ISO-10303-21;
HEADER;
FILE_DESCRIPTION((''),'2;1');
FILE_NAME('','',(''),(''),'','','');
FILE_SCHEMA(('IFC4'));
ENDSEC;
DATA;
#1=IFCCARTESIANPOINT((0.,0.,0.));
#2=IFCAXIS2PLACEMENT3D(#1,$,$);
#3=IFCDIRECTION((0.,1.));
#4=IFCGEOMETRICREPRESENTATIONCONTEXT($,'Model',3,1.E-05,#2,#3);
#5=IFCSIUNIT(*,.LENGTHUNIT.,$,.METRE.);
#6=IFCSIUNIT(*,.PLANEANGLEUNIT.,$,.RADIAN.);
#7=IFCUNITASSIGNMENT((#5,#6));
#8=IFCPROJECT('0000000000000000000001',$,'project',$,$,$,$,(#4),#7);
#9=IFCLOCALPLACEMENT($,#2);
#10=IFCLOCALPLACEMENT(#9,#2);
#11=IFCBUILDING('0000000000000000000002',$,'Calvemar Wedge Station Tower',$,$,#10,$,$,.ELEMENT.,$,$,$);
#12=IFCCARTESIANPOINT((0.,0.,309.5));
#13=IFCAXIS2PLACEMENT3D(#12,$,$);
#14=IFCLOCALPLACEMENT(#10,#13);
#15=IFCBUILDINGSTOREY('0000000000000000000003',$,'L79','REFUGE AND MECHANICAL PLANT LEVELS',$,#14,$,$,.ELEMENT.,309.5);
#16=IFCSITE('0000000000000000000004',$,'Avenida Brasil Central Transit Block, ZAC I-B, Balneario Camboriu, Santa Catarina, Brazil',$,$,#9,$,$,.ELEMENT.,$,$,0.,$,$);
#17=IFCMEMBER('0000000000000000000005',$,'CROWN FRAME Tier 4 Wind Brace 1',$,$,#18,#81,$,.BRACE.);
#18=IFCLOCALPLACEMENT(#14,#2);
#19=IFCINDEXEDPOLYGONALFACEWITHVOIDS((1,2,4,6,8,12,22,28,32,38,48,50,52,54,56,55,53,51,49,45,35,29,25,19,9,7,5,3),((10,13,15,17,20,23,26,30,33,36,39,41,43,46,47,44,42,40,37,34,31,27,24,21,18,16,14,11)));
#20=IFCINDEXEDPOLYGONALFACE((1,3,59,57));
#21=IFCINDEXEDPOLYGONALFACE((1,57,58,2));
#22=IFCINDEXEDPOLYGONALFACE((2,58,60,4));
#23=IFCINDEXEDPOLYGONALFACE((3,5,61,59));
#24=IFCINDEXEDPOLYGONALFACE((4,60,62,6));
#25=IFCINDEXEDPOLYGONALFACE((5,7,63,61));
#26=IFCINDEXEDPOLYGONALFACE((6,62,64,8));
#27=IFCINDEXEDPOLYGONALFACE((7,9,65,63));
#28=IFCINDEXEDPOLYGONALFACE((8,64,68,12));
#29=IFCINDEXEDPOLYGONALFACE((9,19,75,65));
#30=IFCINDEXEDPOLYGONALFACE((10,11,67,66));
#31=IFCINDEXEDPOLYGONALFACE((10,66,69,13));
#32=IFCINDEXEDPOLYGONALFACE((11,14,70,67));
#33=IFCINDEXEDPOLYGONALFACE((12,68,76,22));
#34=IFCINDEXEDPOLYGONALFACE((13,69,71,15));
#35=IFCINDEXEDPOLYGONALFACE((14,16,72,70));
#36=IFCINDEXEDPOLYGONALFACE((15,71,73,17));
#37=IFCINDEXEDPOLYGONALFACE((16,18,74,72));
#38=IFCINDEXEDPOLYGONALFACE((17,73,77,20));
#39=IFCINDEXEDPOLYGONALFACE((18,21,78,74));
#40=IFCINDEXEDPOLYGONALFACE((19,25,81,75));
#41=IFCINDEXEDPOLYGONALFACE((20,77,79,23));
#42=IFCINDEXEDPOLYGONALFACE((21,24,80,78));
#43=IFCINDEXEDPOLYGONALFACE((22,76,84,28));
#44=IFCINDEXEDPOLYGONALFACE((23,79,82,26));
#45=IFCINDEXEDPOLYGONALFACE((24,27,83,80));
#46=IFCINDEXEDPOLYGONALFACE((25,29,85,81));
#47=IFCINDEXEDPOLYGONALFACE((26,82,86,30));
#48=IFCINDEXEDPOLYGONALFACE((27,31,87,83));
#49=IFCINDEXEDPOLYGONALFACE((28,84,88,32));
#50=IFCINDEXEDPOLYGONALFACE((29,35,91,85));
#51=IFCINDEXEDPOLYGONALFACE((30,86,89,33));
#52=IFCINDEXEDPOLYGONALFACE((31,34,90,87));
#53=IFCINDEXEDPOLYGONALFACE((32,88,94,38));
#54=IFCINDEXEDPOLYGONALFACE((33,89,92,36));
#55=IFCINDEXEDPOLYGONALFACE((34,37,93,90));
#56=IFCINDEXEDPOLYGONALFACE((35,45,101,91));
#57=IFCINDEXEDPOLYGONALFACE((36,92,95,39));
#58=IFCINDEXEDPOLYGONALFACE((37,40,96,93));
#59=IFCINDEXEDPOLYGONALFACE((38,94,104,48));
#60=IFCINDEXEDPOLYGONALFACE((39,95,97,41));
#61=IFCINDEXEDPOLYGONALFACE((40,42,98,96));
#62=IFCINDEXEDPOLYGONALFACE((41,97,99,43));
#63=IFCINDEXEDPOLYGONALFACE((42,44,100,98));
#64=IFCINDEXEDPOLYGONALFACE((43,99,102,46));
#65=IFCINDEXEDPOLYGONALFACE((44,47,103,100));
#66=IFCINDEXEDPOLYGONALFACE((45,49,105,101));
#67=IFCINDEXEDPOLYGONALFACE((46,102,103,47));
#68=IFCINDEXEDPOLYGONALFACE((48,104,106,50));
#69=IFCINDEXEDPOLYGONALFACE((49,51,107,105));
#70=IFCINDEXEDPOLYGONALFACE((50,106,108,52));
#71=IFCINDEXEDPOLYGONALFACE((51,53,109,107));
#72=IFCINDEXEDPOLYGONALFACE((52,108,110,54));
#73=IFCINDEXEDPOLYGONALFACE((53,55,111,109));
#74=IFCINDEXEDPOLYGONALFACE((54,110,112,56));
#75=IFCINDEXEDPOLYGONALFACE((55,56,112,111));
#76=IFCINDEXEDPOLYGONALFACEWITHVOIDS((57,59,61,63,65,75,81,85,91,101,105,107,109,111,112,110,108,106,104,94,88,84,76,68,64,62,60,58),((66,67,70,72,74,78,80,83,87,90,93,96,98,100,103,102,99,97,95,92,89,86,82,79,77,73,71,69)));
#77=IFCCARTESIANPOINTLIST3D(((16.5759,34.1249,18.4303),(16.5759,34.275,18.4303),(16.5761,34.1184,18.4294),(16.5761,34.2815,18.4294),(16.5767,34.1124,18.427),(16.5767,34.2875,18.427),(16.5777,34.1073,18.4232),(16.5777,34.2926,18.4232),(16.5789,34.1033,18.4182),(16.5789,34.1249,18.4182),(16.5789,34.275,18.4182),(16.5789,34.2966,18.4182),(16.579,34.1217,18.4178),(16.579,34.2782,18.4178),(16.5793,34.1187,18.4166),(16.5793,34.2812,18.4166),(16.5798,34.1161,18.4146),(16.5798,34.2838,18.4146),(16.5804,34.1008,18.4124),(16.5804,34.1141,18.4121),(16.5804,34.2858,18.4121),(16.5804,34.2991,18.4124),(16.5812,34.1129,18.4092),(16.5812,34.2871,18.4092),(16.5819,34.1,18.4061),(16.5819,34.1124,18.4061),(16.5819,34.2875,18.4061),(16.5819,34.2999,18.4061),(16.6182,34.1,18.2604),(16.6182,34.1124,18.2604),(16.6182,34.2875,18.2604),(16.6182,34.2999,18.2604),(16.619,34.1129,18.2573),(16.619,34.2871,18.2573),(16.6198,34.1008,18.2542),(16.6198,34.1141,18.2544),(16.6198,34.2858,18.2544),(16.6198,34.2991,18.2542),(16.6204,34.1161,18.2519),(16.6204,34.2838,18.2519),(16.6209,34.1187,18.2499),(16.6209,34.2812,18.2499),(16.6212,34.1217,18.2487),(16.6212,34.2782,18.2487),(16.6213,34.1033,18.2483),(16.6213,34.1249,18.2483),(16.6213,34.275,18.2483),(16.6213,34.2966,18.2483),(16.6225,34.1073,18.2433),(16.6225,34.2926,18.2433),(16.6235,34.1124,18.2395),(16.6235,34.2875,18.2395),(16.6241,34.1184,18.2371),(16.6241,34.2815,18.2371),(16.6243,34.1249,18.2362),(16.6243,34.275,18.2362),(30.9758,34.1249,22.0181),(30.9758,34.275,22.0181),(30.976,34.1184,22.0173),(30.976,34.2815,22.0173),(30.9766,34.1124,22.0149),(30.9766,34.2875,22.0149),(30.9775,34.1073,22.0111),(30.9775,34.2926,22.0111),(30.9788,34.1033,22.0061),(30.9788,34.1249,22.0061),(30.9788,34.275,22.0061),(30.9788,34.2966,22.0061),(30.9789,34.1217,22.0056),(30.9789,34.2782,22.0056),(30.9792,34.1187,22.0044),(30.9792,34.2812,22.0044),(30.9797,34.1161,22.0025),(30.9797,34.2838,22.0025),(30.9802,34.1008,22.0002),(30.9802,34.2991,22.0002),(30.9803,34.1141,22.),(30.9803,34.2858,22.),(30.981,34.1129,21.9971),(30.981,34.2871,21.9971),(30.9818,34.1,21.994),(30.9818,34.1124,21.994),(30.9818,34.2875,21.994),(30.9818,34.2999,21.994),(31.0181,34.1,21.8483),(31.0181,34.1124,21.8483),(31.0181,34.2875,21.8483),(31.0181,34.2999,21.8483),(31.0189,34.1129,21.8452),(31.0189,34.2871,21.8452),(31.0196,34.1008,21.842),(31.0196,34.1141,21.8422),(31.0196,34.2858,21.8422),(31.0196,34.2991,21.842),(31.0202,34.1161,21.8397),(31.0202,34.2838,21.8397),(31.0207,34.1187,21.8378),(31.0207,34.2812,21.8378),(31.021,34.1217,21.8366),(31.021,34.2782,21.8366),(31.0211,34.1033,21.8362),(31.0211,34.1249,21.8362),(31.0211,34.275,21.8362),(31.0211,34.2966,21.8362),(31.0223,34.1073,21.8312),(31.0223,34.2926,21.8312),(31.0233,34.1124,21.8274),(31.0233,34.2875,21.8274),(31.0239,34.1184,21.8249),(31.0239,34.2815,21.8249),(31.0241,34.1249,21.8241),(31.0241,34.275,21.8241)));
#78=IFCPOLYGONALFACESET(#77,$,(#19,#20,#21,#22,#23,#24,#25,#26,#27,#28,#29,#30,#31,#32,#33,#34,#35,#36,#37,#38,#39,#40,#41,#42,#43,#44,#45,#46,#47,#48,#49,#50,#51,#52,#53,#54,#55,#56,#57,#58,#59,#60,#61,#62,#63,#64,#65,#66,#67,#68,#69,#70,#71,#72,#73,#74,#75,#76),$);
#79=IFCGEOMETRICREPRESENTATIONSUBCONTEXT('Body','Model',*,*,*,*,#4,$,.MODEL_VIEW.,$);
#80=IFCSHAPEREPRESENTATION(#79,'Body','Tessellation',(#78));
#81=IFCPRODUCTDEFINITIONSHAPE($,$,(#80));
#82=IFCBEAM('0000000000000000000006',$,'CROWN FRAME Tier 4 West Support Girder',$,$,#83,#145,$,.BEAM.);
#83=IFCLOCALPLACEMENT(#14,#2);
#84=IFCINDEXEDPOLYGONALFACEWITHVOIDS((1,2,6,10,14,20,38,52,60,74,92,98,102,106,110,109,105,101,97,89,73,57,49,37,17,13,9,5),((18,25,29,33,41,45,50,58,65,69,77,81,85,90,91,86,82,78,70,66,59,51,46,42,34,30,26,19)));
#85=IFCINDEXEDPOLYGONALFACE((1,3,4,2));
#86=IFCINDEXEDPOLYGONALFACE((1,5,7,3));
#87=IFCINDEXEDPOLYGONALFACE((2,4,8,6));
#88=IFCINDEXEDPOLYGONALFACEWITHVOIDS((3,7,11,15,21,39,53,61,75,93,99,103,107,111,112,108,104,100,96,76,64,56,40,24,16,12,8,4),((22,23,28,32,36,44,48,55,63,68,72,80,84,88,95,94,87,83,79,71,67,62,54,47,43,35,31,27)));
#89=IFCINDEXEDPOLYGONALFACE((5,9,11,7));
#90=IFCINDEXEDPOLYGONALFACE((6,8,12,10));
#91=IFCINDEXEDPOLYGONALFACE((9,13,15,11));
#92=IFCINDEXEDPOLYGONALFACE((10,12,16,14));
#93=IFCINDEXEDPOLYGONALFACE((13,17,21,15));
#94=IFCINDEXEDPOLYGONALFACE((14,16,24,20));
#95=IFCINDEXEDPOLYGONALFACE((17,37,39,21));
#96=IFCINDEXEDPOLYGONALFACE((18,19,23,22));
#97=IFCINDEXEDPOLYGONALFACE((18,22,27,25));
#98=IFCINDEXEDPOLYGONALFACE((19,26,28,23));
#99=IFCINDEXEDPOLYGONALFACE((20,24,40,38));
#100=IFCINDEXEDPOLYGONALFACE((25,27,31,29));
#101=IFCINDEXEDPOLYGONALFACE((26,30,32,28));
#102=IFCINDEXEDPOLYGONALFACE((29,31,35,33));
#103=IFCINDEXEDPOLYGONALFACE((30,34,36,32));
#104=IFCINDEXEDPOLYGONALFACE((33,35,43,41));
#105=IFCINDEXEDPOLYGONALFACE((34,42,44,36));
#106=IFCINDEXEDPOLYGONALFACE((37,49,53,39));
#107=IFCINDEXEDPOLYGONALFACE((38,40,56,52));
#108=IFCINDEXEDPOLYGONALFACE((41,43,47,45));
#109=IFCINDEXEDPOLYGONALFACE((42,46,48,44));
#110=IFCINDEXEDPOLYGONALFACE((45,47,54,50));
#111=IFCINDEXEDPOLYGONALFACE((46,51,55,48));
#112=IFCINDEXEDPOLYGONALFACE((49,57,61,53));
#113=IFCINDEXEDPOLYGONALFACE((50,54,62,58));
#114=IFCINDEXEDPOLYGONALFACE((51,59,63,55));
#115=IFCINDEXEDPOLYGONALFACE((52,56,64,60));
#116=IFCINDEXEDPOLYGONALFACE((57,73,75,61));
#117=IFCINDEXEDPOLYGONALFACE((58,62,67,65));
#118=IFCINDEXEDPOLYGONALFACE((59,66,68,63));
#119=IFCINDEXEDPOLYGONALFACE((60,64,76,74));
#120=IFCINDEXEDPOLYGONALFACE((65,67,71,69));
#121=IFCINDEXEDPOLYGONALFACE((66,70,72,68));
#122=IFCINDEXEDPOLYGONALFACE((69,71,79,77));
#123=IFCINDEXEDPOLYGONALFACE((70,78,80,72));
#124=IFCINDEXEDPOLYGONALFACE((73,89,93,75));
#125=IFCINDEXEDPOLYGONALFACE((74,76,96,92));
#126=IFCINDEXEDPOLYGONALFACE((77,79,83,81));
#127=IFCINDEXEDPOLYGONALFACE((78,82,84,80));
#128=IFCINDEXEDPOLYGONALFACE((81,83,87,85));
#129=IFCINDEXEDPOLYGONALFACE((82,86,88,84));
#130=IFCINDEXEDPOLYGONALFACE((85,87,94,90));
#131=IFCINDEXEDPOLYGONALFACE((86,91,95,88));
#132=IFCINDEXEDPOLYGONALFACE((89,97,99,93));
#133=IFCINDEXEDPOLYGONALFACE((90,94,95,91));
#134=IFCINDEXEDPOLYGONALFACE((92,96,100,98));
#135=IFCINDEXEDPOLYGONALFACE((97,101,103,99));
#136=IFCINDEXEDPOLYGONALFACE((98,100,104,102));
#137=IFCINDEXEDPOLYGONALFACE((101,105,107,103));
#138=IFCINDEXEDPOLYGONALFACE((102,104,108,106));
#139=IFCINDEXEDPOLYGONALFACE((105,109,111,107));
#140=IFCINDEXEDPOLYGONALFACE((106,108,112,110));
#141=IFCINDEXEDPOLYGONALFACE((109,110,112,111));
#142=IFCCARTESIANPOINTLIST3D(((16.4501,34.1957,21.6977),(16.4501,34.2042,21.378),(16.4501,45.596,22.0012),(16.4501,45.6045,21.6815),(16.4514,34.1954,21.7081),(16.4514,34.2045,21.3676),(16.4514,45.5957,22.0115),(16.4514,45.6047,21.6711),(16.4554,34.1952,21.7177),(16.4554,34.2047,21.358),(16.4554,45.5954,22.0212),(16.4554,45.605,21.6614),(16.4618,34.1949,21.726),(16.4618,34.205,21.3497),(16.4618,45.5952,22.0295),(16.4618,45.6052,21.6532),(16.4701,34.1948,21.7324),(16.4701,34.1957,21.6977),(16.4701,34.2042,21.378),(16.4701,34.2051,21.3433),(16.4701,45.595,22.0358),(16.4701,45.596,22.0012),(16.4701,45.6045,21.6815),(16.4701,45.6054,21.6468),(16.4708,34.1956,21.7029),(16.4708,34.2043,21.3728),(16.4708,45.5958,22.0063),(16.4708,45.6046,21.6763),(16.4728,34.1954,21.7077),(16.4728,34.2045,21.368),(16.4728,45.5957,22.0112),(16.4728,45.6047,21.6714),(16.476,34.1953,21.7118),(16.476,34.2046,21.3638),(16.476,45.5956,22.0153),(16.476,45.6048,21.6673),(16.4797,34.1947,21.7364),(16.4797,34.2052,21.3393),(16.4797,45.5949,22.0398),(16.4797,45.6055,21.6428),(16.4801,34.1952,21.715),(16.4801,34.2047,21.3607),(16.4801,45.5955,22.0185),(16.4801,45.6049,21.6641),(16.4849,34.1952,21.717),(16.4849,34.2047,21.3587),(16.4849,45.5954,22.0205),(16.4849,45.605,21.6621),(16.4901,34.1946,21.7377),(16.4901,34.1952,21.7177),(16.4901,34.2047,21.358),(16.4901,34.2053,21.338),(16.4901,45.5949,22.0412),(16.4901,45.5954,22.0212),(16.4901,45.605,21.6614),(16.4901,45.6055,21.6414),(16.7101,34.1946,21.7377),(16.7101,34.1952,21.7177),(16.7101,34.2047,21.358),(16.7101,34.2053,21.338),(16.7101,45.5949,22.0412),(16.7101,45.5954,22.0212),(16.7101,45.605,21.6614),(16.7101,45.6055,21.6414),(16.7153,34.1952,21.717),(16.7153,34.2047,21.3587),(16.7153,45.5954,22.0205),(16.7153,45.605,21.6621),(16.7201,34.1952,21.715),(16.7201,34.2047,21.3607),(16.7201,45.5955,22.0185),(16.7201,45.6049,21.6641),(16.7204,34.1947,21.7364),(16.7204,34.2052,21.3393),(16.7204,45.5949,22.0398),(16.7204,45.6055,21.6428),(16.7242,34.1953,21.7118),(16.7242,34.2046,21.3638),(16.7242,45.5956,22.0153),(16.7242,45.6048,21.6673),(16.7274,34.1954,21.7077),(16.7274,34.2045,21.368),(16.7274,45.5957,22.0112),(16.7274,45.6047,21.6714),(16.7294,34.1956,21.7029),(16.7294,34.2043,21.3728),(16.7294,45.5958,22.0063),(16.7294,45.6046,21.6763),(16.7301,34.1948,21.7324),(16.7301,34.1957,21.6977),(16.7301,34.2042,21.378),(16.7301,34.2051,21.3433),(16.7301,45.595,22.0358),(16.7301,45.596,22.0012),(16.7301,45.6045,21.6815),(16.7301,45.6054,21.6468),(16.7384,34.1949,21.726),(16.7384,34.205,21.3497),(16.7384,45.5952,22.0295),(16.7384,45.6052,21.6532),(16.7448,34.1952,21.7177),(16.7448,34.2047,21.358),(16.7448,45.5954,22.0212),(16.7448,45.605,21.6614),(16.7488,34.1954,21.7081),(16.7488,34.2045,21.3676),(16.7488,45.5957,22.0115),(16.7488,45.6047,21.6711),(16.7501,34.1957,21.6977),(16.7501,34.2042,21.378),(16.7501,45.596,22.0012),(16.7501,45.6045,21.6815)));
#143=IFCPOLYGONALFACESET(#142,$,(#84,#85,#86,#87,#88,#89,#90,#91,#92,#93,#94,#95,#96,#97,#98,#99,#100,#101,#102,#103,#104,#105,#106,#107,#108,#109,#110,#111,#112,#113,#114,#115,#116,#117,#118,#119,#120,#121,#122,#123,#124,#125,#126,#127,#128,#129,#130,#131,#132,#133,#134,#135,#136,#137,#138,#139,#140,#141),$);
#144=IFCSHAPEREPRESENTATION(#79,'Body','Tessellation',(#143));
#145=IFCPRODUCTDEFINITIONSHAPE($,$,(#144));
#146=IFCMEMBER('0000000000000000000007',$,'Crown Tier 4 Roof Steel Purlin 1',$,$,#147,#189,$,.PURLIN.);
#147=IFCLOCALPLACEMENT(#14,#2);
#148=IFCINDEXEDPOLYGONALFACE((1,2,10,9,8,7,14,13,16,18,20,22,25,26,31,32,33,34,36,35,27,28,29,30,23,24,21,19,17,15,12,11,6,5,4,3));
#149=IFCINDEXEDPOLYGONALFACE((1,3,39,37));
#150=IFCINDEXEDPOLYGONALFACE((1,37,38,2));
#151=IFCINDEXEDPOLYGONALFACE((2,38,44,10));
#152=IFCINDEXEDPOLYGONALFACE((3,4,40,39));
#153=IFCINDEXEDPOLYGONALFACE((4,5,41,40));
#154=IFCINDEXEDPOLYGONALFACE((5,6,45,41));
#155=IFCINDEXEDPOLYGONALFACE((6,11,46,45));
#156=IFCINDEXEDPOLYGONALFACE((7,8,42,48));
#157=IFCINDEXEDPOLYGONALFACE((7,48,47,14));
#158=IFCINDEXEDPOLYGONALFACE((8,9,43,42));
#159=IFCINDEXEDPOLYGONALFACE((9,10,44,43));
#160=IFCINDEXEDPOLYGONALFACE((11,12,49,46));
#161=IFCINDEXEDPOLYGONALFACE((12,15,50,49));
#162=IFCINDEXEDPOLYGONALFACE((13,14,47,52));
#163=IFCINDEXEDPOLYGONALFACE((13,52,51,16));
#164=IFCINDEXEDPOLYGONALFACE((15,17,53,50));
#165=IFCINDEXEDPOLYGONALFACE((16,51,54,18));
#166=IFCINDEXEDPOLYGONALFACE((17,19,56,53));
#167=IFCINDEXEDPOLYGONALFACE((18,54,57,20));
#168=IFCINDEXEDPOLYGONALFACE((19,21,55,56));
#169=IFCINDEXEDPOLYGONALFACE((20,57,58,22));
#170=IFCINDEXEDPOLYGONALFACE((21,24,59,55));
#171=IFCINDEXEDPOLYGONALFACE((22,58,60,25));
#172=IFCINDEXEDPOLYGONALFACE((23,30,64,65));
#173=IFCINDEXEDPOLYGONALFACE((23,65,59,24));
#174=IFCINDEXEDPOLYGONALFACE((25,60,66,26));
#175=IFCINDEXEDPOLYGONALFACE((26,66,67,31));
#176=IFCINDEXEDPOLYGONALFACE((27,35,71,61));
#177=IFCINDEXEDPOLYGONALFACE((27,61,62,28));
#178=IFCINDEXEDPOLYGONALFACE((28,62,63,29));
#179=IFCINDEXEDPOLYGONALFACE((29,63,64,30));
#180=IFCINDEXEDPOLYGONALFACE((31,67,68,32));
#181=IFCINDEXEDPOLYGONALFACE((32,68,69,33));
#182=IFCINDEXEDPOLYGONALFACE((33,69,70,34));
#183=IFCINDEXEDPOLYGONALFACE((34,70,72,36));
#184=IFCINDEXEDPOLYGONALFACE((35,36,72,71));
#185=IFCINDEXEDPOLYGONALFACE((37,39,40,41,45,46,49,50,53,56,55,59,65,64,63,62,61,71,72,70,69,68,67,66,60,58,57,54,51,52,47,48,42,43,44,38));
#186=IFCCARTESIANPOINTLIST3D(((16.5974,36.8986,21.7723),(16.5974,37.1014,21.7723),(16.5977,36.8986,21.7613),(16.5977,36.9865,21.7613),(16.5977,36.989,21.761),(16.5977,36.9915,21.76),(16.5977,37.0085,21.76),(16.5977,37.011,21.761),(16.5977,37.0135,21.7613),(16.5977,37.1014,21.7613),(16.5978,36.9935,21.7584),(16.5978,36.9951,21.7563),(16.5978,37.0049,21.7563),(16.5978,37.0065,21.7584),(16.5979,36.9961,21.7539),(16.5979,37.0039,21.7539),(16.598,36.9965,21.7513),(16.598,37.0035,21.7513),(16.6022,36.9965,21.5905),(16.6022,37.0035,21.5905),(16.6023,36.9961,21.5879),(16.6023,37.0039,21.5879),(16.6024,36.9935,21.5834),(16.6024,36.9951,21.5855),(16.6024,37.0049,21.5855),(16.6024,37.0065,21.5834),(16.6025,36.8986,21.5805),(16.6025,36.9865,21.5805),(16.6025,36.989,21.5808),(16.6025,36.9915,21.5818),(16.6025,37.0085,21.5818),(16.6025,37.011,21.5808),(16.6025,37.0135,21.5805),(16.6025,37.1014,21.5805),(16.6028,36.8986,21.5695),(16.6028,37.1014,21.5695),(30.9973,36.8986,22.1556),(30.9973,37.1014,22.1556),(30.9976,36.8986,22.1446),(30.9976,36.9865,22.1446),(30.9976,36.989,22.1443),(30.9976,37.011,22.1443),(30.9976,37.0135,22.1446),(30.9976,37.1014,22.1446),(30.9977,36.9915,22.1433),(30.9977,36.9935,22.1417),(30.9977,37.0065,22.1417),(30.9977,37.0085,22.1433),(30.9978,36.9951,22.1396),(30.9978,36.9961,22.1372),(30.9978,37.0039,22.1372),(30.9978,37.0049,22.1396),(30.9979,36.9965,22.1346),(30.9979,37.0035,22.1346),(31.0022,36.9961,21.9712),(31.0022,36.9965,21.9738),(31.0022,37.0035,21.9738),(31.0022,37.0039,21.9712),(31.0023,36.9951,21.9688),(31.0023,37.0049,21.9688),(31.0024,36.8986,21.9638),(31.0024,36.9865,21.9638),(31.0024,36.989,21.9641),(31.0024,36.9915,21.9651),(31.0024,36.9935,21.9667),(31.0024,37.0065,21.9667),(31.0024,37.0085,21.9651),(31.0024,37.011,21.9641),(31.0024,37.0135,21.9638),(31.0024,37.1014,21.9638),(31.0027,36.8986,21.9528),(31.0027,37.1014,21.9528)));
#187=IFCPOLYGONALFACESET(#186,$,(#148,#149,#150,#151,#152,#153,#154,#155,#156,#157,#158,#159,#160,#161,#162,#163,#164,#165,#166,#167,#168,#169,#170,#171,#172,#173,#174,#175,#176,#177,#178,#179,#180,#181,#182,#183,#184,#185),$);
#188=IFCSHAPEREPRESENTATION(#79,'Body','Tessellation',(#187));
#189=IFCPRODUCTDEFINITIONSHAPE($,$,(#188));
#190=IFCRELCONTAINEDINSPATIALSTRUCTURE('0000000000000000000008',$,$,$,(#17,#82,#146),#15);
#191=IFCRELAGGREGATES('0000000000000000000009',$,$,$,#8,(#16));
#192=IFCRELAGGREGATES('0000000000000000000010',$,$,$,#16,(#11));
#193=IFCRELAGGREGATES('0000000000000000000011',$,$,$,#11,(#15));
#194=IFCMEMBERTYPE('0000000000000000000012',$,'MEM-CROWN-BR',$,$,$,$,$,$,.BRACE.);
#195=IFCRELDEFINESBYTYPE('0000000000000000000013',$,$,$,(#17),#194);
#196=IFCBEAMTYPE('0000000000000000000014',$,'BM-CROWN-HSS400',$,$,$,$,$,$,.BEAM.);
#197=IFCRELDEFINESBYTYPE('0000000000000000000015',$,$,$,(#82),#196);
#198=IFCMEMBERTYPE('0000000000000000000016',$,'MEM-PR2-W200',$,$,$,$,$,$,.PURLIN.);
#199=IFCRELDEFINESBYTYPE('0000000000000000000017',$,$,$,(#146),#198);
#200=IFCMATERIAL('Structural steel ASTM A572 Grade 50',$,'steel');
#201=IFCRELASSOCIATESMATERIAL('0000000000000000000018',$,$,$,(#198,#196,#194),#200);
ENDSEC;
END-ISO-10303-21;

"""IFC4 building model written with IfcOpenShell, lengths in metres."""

from ifc_helpers import new_model, si_unit, direction, frame, origin, origin_2d, place, context, subcontext, project, spatial, hollow_rectangle, i_section, extrude, source, transform, mapped, material, material_profile, profile_set, type_object, element, save


model = new_model("IFC4")

# Units and contexts
model_context = context("Model", 3, precision=1e-05, world=origin(), true_north=direction((0.0, 1.0)))
body_context = subcontext(model_context, "Body", "Model", "MODEL_VIEW")
ifc_project = project(units=[si_unit("LENGTHUNIT", "METRE"), si_unit("PLANEANGLEUNIT", "RADIAN")], contexts=[model_context])

# Site, building, storey
site_placement = place(None, origin())
site = spatial("IfcSite", under=ifc_project, at=site_placement, Name="Avenida Brasil Central Transit Block, ZAC I-B, Balneario Camboriu, Santa Catarina, Brazil", CompositionType="ELEMENT", RefElevation=0.0)
building_placement = place(site_placement, origin())
building = spatial("IfcBuilding", under=site, at=building_placement, Name="Calvemar Wedge Station Tower", CompositionType="ELEMENT")
storey_placement = place(building_placement, frame((0.0, 0.0, 309.5)))
storey = spatial("IfcBuildingStorey", under=building, at=storey_placement, Name="L79", Description="REFUGE AND MECHANICAL PLANT LEVELS", CompositionType="ELEMENT", Elevation=309.5)

# Shared definitions
ifc_material_1 = material(Name="Structural steel ASTM A572 Grade 50", Category="steel")

# Shared definitions
ifc_material_profile_1 = material_profile(ifc_material_1, i_section(OverallWidth=0.2029, OverallDepth=0.2029, WebThickness=0.0071, FlangeThickness=0.011, FilletRadius=0.01, at=origin_2d()), Name="W200x46.1")
ifc_profile_set_1 = profile_set([ifc_material_profile_1], Name="Structural steel ASTM A572 Grade 50")
member_type_1 = type_object("IfcMemberType", Name="MEM-PR2-W200", PredefinedType="PURLIN", material=ifc_profile_set_1)

# Shared definitions
ifc_material_profile_2 = material_profile(ifc_material_1, hollow_rectangle(XDim=0.3, YDim=0.3999, WallThickness=0.02, InnerFilletRadius=0.02, OuterFilletRadius=0.04, at=origin_2d()), Name="HSS400x300x20")
ifc_profile_set_2 = profile_set([ifc_material_profile_2], Name="Structural steel ASTM A572 Grade 50")
beam_type_1 = type_object("IfcBeamType", Name="BM-CROWN-HSS400", PredefinedType="BEAM", material=ifc_profile_set_2)

# Shared definitions
ifc_material_profile_3 = material_profile(ifc_material_1, hollow_rectangle(XDim=0.2, YDim=0.2, WallThickness=0.0125, InnerFilletRadius=0.0125, OuterFilletRadius=0.0249, at=origin_2d()), Name="HSS200x200x12.5")
ifc_profile_set_3 = profile_set([ifc_material_profile_3], Name="Structural steel ASTM A572 Grade 50")
member_type_2 = type_object("IfcMemberType", Name="MEM-CROWN-BR", PredefinedType="BRACE", material=ifc_profile_set_3)

# Member
shared_shape_1 = source(origin(), body_context, "Body", "SweptSolid", [
    extrude(hollow_rectangle(XDim=0.2, YDim=0.2, WallThickness=0.0125, InnerFilletRadius=0.0125, OuterFilletRadius=0.0249, at=origin_2d()), origin(), (0.0, 0.0, 1.0), 14.8401),
])
member_1_placement = place(storey_placement, frame((16.6001, 34.2, 18.3333), z_axis=(0.970334, 0.0, 0.241769), x_axis=(0.0, 1.0, 0.0)))
element("IfcMember", 1, at=member_1_placement, inside=storey, type_object=member_type_2, Name="CROWN FRAME Tier 4 Wind Brace 1", PredefinedType="BRACE", context=body_context, shape_type="MappedRepresentation", body=[
    mapped(shared_shape_1, transform((0.0, 0.0, 0.0), scale=1.0)),
])

# Beam
shared_shape_2 = source(origin(), body_context, "Body", "SweptSolid", [
    extrude(hollow_rectangle(XDim=0.3, YDim=0.3999, WallThickness=0.02, InnerFilletRadius=0.02, OuterFilletRadius=0.04, at=origin_2d()), origin(), (0.0, 0.0, 1.0), 11.4043),
])
beam_1_placement = place(storey_placement, frame((16.6001, 34.2, 21.5378), z_axis=(0.0, 0.999646, 0.02661), x_axis=(-1.0, 0.0, 0.0)))
element("IfcBeam", 2, at=beam_1_placement, inside=storey, type_object=beam_type_1, Name="CROWN FRAME Tier 4 West Support Girder", PredefinedType="BEAM", context=body_context, shape_type="MappedRepresentation", body=[
    mapped(shared_shape_2, transform((0.0, 0.0, 0.0), scale=1.0)),
])

# Member
shared_shape_3 = source(origin(), body_context, "Body", "SweptSolid", [
    extrude(i_section(OverallWidth=0.2029, OverallDepth=0.2029, WebThickness=0.0071, FlangeThickness=0.011, FilletRadius=0.01, at=origin_2d()), origin(), (0.0, 0.0, 1.0), 14.405),
])
member_2_placement = place(storey_placement, frame((16.6001, 37.0, 21.6709), z_axis=(0.999646, 0.0, 0.026609), x_axis=(0.0, 1.0, 0.0)))
element("IfcMember", 3, at=member_2_placement, inside=storey, type_object=member_type_1, Name="Crown Tier 4 Roof Steel Purlin 1", PredefinedType="PURLIN", context=body_context, shape_type="MappedRepresentation", body=[
    mapped(shared_shape_3, transform((0.0, 0.0, 0.0), scale=1.0)),
])

save(model, "model.ifc")
